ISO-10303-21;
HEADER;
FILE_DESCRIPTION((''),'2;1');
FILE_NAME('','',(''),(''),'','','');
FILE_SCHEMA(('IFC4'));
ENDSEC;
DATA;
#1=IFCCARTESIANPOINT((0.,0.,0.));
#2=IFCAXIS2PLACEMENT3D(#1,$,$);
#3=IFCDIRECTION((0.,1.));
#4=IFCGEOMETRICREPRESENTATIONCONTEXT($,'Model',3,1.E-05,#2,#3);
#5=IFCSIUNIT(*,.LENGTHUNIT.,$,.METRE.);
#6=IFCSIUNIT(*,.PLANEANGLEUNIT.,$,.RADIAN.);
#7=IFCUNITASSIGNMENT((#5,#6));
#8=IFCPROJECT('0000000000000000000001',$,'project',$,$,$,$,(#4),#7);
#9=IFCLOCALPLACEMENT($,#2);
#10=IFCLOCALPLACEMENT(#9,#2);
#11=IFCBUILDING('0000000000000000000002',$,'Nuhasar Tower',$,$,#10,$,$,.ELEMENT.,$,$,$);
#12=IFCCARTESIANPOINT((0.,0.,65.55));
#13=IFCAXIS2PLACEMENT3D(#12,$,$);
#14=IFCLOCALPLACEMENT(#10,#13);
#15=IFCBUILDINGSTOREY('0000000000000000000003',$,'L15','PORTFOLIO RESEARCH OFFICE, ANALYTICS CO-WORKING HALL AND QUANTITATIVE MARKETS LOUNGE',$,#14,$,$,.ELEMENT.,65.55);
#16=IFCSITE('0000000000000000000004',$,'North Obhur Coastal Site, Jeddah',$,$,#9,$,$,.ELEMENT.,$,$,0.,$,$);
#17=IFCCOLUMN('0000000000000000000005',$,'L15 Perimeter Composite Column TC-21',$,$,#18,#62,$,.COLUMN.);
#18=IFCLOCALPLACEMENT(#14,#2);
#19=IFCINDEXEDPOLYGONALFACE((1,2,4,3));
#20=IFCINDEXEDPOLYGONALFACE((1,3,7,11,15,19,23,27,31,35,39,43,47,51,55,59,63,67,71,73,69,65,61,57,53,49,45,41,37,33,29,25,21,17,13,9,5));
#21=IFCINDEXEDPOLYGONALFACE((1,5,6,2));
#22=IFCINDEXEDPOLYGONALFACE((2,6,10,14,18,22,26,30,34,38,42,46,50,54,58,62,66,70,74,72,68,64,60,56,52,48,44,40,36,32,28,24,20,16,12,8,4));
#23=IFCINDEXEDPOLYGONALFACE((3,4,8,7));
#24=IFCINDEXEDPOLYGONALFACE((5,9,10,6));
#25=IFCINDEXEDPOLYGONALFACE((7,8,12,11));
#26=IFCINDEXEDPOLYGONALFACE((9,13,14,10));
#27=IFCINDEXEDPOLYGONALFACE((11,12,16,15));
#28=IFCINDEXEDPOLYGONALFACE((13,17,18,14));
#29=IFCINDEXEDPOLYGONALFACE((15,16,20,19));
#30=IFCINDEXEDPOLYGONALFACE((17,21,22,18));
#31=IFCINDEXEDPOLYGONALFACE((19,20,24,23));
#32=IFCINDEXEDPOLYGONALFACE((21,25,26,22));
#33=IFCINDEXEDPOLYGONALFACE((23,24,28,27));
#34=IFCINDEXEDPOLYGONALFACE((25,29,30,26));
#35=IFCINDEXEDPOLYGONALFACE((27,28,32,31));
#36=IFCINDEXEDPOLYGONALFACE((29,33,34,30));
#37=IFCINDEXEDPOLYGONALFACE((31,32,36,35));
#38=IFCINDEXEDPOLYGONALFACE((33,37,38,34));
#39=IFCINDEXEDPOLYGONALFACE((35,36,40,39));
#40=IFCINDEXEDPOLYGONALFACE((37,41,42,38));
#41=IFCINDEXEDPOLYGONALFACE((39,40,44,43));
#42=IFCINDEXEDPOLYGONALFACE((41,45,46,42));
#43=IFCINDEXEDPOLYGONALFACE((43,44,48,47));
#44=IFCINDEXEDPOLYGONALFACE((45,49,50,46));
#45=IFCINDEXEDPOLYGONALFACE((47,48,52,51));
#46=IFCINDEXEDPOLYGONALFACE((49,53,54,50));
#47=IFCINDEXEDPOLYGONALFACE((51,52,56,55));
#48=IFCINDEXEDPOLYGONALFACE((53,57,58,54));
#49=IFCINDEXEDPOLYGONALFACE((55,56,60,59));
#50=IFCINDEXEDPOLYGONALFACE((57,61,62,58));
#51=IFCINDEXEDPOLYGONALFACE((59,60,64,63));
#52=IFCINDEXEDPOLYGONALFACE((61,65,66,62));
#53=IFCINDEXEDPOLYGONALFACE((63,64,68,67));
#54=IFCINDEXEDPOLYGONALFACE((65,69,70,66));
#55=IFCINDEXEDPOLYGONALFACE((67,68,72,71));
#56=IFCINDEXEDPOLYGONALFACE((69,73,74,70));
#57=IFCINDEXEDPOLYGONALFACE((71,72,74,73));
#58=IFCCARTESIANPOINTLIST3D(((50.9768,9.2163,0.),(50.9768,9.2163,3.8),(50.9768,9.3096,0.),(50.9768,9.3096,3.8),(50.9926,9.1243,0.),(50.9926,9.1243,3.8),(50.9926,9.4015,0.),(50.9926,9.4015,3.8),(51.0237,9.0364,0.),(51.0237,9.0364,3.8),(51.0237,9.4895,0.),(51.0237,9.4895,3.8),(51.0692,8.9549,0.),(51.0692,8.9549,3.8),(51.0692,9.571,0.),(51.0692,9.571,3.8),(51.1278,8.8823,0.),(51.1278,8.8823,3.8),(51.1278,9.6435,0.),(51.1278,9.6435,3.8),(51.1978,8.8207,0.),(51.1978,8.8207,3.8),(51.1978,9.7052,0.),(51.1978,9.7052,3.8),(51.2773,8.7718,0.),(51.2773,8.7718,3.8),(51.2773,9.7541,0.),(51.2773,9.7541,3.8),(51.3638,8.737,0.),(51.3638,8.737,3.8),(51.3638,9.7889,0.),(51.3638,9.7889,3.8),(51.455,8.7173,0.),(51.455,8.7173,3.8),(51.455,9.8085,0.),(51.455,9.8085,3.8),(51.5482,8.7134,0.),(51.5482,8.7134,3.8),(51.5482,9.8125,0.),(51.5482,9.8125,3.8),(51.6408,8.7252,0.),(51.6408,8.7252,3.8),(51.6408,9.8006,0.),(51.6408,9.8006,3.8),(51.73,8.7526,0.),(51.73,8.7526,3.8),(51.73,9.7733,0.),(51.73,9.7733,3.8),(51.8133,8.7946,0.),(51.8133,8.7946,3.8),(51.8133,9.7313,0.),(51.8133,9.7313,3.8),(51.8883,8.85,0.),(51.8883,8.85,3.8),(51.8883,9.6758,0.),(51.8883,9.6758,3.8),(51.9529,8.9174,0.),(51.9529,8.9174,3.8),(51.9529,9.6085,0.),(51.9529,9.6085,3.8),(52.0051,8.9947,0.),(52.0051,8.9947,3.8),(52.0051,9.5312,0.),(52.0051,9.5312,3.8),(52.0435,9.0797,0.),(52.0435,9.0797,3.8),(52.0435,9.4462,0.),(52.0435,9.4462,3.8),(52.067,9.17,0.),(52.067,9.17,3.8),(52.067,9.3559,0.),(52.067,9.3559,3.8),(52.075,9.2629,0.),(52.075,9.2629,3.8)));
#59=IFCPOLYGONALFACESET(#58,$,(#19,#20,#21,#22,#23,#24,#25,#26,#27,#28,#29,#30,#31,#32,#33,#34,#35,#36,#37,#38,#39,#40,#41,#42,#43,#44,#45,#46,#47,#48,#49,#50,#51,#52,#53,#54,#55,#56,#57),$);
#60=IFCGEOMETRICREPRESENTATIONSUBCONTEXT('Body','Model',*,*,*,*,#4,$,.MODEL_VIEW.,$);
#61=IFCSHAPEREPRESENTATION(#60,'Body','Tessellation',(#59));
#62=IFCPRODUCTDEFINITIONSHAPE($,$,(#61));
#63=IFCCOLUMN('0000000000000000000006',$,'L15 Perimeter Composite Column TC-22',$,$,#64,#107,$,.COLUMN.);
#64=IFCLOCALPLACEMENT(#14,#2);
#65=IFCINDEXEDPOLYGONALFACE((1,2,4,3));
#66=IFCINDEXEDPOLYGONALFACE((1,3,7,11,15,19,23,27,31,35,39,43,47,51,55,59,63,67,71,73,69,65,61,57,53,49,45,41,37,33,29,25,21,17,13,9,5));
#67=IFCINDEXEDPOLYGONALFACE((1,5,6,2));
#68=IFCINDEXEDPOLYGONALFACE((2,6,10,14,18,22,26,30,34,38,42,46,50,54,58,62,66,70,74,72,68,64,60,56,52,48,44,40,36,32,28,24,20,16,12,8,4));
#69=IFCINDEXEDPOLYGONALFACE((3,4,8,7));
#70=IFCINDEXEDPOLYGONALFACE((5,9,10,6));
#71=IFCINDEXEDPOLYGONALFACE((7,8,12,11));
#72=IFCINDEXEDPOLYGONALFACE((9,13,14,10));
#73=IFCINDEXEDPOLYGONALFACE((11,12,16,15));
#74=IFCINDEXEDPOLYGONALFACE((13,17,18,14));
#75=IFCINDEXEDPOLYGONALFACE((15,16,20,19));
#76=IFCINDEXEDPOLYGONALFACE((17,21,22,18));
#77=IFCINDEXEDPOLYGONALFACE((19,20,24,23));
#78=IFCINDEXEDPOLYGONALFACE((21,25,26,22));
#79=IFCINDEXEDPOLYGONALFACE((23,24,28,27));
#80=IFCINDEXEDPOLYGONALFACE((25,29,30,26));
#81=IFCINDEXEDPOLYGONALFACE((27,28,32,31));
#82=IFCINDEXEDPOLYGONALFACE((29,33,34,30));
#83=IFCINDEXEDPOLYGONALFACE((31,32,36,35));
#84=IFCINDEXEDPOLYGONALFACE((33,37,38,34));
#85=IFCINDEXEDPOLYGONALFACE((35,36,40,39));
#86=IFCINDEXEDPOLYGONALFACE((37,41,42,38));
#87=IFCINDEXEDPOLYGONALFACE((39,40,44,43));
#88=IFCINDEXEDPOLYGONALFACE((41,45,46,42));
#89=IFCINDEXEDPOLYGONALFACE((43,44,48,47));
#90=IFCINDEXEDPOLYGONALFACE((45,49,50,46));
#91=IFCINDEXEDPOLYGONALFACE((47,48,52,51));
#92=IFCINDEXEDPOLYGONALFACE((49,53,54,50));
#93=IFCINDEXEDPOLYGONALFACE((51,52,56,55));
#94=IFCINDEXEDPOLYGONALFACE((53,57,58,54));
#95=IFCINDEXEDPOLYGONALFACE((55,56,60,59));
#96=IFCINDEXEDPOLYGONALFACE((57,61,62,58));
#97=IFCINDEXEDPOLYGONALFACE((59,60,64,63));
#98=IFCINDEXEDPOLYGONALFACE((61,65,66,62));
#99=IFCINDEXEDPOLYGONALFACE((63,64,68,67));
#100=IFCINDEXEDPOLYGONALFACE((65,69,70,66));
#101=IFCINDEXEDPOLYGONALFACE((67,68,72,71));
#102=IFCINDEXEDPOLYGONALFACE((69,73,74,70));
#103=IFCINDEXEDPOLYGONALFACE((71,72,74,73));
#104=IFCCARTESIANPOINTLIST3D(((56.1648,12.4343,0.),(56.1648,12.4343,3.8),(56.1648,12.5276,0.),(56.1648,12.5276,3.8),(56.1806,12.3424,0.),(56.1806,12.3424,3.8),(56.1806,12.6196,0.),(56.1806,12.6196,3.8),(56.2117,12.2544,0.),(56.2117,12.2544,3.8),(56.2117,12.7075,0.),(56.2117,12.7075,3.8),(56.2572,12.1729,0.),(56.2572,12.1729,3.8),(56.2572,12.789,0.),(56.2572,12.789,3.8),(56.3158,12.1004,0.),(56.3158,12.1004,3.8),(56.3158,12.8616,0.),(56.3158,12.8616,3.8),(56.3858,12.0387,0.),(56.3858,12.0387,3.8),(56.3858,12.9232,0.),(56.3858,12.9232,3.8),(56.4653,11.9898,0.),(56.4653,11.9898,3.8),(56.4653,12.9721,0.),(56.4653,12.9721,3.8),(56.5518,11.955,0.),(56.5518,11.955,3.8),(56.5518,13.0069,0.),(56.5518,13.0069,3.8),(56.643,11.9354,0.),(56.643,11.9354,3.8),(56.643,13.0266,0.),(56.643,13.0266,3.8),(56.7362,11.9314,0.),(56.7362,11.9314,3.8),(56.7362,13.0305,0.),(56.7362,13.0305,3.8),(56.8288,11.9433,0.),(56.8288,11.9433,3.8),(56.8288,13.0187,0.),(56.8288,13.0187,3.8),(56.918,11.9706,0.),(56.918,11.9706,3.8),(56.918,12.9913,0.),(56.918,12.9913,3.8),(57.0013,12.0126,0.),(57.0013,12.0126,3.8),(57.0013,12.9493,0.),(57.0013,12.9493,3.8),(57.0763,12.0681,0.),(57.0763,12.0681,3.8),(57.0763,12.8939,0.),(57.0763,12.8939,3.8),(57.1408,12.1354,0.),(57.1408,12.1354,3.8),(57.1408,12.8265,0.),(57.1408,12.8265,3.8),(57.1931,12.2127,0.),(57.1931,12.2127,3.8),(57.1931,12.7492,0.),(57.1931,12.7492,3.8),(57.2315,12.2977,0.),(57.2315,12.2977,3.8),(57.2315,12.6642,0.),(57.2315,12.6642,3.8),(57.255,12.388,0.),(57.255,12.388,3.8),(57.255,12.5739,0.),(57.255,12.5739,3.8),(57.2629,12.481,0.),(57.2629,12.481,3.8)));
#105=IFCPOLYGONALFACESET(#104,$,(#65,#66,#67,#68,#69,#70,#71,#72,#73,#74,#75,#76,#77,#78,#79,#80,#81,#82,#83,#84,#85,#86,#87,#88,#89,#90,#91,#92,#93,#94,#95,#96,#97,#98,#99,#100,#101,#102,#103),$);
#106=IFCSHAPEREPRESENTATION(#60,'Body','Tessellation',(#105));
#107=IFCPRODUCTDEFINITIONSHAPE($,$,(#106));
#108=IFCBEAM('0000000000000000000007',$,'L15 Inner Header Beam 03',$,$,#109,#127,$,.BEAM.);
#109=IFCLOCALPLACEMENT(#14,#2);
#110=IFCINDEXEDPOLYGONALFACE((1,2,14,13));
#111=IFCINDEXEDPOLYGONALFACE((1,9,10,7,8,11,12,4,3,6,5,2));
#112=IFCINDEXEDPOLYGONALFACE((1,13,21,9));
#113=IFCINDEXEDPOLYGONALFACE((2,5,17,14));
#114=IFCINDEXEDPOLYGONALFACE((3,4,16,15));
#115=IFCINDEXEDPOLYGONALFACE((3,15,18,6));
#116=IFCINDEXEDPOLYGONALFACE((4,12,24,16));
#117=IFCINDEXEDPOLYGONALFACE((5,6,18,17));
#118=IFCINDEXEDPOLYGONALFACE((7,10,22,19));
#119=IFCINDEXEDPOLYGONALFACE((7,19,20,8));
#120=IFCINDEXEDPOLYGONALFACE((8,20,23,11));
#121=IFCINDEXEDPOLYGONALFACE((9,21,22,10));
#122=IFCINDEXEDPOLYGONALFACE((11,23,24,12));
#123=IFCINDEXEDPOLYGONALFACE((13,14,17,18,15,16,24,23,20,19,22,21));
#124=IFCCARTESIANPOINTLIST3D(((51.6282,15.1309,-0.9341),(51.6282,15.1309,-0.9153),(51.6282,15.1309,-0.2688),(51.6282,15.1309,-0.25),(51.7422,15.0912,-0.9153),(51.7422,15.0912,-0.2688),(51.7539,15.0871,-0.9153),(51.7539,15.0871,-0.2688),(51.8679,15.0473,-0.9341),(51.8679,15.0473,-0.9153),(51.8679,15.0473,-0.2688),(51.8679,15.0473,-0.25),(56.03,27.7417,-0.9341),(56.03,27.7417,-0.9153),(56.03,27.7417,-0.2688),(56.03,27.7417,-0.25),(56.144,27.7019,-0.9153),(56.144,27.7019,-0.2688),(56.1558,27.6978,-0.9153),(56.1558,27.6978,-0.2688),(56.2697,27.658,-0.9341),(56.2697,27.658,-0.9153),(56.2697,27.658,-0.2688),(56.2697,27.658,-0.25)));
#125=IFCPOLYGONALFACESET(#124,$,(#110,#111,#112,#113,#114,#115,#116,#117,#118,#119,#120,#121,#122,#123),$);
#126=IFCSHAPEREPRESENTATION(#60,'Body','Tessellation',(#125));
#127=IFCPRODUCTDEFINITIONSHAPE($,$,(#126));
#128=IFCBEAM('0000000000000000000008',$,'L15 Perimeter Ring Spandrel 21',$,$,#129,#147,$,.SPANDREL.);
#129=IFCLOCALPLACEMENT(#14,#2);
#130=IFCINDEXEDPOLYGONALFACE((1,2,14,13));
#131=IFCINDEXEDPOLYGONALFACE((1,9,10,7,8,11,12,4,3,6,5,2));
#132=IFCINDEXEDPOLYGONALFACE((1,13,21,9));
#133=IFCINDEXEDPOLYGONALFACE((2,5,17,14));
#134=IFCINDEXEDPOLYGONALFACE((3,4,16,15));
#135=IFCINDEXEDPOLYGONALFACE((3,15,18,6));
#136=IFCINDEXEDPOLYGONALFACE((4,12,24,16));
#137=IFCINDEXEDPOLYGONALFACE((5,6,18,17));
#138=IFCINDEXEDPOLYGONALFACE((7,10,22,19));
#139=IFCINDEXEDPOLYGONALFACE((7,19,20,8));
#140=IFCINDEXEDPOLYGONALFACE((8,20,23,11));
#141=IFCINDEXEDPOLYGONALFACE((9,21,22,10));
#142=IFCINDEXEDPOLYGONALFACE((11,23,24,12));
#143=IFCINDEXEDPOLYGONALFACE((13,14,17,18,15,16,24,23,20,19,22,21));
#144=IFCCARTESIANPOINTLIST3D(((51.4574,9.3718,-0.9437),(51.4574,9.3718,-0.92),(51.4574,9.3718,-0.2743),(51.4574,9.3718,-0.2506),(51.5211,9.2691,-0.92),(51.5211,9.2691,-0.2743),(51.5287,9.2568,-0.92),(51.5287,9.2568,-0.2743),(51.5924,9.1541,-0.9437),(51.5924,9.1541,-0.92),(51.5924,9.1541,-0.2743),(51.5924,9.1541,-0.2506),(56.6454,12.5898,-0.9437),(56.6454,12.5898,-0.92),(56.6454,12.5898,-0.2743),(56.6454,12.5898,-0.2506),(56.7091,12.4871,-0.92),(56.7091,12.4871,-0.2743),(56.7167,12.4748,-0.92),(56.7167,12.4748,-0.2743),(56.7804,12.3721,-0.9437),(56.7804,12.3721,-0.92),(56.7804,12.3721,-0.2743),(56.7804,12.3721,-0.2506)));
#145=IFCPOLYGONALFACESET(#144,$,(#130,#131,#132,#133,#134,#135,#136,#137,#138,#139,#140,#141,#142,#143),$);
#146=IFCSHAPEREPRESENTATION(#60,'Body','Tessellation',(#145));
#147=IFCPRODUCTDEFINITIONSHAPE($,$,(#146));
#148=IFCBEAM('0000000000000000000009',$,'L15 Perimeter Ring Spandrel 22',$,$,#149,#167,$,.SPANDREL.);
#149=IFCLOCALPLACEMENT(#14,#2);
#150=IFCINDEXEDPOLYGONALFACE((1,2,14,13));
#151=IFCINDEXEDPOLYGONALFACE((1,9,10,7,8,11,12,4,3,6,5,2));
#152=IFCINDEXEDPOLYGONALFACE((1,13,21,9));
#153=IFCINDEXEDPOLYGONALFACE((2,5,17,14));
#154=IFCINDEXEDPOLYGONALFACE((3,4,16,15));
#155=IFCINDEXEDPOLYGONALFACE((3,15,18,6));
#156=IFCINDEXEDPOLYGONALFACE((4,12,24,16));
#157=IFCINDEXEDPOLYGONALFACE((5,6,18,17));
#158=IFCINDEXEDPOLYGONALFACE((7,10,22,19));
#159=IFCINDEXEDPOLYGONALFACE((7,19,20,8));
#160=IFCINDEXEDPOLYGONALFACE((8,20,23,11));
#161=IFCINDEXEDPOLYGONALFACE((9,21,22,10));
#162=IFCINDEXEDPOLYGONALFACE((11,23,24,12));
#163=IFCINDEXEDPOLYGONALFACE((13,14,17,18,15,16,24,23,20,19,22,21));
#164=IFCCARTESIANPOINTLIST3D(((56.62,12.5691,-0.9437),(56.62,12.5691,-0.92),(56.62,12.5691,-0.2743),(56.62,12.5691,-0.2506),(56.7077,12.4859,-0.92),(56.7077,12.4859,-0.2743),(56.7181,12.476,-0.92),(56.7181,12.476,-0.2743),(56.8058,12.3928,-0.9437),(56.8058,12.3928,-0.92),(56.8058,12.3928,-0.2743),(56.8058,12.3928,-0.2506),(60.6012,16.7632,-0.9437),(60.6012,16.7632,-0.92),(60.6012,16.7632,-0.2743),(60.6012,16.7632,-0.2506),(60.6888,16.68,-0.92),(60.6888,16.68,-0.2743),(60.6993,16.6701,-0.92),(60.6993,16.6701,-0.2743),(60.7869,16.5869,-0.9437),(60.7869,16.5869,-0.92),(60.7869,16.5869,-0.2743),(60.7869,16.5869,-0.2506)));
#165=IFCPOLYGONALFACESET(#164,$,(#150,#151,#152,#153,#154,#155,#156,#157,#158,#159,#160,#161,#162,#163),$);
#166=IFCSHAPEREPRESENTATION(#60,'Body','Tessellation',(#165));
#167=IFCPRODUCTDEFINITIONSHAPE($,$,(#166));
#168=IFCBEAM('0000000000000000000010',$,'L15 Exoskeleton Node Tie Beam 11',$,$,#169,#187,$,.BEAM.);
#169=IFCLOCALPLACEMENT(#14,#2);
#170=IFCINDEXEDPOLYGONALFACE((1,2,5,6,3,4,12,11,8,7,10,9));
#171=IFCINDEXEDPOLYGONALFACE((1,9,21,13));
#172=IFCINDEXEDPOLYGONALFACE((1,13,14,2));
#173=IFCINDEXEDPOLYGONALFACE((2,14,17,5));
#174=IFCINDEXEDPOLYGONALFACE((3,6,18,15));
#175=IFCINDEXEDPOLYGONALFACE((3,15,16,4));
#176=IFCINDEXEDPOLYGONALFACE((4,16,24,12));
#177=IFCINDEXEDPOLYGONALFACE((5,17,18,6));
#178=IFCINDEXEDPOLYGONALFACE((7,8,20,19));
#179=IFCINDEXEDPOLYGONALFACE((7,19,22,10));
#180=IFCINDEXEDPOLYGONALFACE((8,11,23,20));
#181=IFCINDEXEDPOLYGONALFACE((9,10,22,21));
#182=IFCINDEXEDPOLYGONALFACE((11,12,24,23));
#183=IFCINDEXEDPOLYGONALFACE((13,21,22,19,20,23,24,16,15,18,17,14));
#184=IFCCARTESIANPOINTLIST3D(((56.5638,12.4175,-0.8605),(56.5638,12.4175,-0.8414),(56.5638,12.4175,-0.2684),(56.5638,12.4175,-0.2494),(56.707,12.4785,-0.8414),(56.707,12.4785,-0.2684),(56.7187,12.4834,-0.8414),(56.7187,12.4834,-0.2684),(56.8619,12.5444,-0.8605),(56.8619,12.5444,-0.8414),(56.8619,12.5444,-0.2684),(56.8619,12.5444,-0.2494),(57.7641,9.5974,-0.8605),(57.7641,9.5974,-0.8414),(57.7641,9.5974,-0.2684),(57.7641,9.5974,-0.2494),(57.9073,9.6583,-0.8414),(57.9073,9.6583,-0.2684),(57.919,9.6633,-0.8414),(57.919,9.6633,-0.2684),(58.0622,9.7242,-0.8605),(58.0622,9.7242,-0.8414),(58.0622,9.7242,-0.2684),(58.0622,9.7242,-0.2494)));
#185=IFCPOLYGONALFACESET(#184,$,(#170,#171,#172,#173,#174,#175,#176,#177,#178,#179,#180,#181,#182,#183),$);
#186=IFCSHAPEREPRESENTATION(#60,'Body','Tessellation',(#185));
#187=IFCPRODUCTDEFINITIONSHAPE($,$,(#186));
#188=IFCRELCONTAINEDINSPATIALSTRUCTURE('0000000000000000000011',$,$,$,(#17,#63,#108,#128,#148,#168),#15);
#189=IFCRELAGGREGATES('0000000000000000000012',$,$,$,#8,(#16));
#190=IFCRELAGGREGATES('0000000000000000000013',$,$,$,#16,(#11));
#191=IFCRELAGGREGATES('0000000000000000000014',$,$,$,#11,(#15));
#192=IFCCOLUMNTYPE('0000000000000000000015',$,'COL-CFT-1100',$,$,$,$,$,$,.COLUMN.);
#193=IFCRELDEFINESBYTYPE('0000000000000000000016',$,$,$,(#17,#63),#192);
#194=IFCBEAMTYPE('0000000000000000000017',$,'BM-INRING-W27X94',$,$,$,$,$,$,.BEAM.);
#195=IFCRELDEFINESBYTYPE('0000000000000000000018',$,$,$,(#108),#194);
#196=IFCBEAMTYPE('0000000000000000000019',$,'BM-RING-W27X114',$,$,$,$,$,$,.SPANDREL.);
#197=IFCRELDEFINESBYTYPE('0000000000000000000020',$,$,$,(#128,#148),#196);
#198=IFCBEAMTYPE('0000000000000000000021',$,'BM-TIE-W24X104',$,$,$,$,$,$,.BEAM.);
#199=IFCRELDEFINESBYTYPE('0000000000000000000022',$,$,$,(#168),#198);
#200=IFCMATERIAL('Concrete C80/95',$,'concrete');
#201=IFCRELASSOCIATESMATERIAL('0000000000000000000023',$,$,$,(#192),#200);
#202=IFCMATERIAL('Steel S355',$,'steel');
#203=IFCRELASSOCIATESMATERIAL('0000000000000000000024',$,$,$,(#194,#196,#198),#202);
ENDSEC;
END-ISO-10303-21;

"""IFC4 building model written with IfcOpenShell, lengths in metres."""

from ifc_helpers import new_model, si_unit, direction, frame, origin, origin_2d, place, context, subcontext, project, spatial, circle, i_section, extrude, material, material_profile, profile_set, type_object, element, save


model = new_model("IFC4")

# Units and contexts
model_context = context("Model", 3, precision=1e-05, world=origin(), true_north=direction((0.0, 1.0)))
body_context = subcontext(model_context, "Body", "Model", "MODEL_VIEW")
ifc_project = project(units=[si_unit("LENGTHUNIT", "METRE"), si_unit("PLANEANGLEUNIT", "RADIAN")], contexts=[model_context])

# Site, building, storey
site_placement = place(None, origin())
site = spatial("IfcSite", under=ifc_project, at=site_placement, Name="North Obhur Coastal Site, Jeddah", CompositionType="ELEMENT", RefElevation=0.0)
building_placement = place(site_placement, origin())
building = spatial("IfcBuilding", under=site, at=building_placement, Name="Nuhasar Tower", CompositionType="ELEMENT")
storey_placement = place(building_placement, frame((0.0, 0.0, 65.55)))
storey = spatial("IfcBuildingStorey", under=building, at=storey_placement, Name="L15", Description="PORTFOLIO RESEARCH OFFICE, ANALYTICS CO-WORKING HALL AND QUANTITATIVE MARKETS LOUNGE", CompositionType="ELEMENT", Elevation=65.55)

# Columns
ifc_material_1 = material(Name="Concrete C80/95", Category="concrete")
ifc_material_profile_1 = material_profile(ifc_material_1, circle(Radius=0.55, at=origin_2d()), Name="CFT1100")
ifc_profile_set_1 = profile_set([ifc_material_profile_1], Name="Concrete C80/95")
column_type = type_object("IfcColumnType", Name="COL-CFT-1100", PredefinedType="COLUMN", material=ifc_profile_set_1)
for number, where, z_axis, x_axis, name in (
    (1, (51.5249, 9.2629, 0.0), (0.0, 0.0, 1.0), (1.0, 0.0, 0.0), "L15 Perimeter Composite Column TC-21"),
    (2, (56.7129, 12.481, 0.0), (0.0, 0.0, 1.0), (1.0, 0.0, 0.0), "L15 Perimeter Composite Column TC-22"),
):
    element("IfcColumn", number, at=place(storey_placement, frame(where, z_axis=z_axis, x_axis=x_axis)), inside=storey, type_object=column_type, Name=name, PredefinedType="COLUMN", context=body_context, shape_type="SweptSolid", body=[
        extrude(circle(Radius=0.55, at=origin_2d()), origin(), (0.0, 0.0, 1.0), 3.8),
    ])

# Beams
ifc_material_2 = material(Name="Steel S355", Category="steel")
ifc_material_profile_2 = material_profile(ifc_material_2, i_section(OverallWidth=0.2539, OverallDepth=0.6841, WebThickness=0.0125, FlangeThickness=0.0188, at=origin_2d()), Name="W27X94")
ifc_profile_set_2 = profile_set([ifc_material_profile_2], Name="Steel S355")
beam_type_1 = type_object("IfcBeamType", Name="BM-INRING-W27X94", PredefinedType="BEAM", material=ifc_profile_set_2)
beam_1_placement = place(storey_placement, frame((51.748, 15.0891, -0.592), z_axis=(0.329554, 0.944137, 0.0), x_axis=(-0.944137, 0.329554, 0.0)))
element("IfcBeam", 3, at=beam_1_placement, inside=storey, type_object=beam_type_1, Name="L15 Inner Header Beam 03", PredefinedType="BEAM", context=body_context, shape_type="SweptSolid", body=[
    extrude(i_section(OverallWidth=0.2539, OverallDepth=0.6841, WebThickness=0.0125, FlangeThickness=0.0188, at=origin_2d()), origin(), (0.0, 0.0, 1.0), 13.3569),
])
ifc_material_profile_3 = material_profile(ifc_material_2, i_section(OverallWidth=0.2561, OverallDepth=0.6931, WebThickness=0.0144, FlangeThickness=0.0237, at=origin_2d()), Name="W27X114")
ifc_profile_set_3 = profile_set([ifc_material_profile_3], Name="Steel S355")
beam_type_2 = type_object("IfcBeamType", Name="BM-RING-W27X114", PredefinedType="SPANDREL", material=ifc_profile_set_3)
beam_2_placement = place(storey_placement, frame((51.5249, 9.2629, -0.5972), z_axis=(0.849795, 0.527113, 0.0), x_axis=(-0.527113, 0.849795, 0.0)))
element("IfcBeam", 4, at=beam_2_placement, inside=storey, type_object=beam_type_2, Name="L15 Perimeter Ring Spandrel 21", PredefinedType="SPANDREL", context=body_context, shape_type="SweptSolid", body=[
    extrude(i_section(OverallWidth=0.2561, OverallDepth=0.6931, WebThickness=0.0144, FlangeThickness=0.0237, at=origin_2d()), origin(), (0.0, 0.0, 1.0), 6.105),
])
beam_3_placement = place(storey_placement, frame((56.7129, 12.481, -0.5972), z_axis=(0.68846, 0.725274, 0.0), x_axis=(-0.725274, 0.68846, 0.0)))
element("IfcBeam", 5, at=beam_3_placement, inside=storey, type_object=beam_type_2, Name="L15 Perimeter Ring Spandrel 22", PredefinedType="SPANDREL", context=body_context, shape_type="SweptSolid", body=[
    extrude(i_section(OverallWidth=0.2561, OverallDepth=0.6931, WebThickness=0.0144, FlangeThickness=0.0237, at=origin_2d()), origin(), (0.0, 0.0, 1.0), 5.7827),
])
ifc_material_profile_4 = material_profile(ifc_material_2, i_section(OverallWidth=0.324, OverallDepth=0.6111, WebThickness=0.0127, FlangeThickness=0.019, at=origin_2d()), Name="W24X104")
ifc_profile_set_4 = profile_set([ifc_material_profile_4], Name="Steel S355")
beam_type_3 = type_object("IfcBeamType", Name="BM-TIE-W24X104", PredefinedType="BEAM", material=ifc_profile_set_4)
beam_4_placement = place(storey_placement, frame((56.7129, 12.481, -0.5549), z_axis=(0.391601, -0.920135, 0.0), x_axis=(0.920135, 0.391601, 0.0)))
element("IfcBeam", 6, at=beam_4_placement, inside=storey, type_object=beam_type_3, Name="L15 Exoskeleton Node Tie Beam 11", PredefinedType="BEAM", context=body_context, shape_type="SweptSolid", body=[
    extrude(i_section(OverallWidth=0.324, OverallDepth=0.6111, WebThickness=0.0127, FlangeThickness=0.019, at=origin_2d()), origin(), (0.0, 0.0, 1.0), 3.0649),
])

save(model, "model.ifc")
